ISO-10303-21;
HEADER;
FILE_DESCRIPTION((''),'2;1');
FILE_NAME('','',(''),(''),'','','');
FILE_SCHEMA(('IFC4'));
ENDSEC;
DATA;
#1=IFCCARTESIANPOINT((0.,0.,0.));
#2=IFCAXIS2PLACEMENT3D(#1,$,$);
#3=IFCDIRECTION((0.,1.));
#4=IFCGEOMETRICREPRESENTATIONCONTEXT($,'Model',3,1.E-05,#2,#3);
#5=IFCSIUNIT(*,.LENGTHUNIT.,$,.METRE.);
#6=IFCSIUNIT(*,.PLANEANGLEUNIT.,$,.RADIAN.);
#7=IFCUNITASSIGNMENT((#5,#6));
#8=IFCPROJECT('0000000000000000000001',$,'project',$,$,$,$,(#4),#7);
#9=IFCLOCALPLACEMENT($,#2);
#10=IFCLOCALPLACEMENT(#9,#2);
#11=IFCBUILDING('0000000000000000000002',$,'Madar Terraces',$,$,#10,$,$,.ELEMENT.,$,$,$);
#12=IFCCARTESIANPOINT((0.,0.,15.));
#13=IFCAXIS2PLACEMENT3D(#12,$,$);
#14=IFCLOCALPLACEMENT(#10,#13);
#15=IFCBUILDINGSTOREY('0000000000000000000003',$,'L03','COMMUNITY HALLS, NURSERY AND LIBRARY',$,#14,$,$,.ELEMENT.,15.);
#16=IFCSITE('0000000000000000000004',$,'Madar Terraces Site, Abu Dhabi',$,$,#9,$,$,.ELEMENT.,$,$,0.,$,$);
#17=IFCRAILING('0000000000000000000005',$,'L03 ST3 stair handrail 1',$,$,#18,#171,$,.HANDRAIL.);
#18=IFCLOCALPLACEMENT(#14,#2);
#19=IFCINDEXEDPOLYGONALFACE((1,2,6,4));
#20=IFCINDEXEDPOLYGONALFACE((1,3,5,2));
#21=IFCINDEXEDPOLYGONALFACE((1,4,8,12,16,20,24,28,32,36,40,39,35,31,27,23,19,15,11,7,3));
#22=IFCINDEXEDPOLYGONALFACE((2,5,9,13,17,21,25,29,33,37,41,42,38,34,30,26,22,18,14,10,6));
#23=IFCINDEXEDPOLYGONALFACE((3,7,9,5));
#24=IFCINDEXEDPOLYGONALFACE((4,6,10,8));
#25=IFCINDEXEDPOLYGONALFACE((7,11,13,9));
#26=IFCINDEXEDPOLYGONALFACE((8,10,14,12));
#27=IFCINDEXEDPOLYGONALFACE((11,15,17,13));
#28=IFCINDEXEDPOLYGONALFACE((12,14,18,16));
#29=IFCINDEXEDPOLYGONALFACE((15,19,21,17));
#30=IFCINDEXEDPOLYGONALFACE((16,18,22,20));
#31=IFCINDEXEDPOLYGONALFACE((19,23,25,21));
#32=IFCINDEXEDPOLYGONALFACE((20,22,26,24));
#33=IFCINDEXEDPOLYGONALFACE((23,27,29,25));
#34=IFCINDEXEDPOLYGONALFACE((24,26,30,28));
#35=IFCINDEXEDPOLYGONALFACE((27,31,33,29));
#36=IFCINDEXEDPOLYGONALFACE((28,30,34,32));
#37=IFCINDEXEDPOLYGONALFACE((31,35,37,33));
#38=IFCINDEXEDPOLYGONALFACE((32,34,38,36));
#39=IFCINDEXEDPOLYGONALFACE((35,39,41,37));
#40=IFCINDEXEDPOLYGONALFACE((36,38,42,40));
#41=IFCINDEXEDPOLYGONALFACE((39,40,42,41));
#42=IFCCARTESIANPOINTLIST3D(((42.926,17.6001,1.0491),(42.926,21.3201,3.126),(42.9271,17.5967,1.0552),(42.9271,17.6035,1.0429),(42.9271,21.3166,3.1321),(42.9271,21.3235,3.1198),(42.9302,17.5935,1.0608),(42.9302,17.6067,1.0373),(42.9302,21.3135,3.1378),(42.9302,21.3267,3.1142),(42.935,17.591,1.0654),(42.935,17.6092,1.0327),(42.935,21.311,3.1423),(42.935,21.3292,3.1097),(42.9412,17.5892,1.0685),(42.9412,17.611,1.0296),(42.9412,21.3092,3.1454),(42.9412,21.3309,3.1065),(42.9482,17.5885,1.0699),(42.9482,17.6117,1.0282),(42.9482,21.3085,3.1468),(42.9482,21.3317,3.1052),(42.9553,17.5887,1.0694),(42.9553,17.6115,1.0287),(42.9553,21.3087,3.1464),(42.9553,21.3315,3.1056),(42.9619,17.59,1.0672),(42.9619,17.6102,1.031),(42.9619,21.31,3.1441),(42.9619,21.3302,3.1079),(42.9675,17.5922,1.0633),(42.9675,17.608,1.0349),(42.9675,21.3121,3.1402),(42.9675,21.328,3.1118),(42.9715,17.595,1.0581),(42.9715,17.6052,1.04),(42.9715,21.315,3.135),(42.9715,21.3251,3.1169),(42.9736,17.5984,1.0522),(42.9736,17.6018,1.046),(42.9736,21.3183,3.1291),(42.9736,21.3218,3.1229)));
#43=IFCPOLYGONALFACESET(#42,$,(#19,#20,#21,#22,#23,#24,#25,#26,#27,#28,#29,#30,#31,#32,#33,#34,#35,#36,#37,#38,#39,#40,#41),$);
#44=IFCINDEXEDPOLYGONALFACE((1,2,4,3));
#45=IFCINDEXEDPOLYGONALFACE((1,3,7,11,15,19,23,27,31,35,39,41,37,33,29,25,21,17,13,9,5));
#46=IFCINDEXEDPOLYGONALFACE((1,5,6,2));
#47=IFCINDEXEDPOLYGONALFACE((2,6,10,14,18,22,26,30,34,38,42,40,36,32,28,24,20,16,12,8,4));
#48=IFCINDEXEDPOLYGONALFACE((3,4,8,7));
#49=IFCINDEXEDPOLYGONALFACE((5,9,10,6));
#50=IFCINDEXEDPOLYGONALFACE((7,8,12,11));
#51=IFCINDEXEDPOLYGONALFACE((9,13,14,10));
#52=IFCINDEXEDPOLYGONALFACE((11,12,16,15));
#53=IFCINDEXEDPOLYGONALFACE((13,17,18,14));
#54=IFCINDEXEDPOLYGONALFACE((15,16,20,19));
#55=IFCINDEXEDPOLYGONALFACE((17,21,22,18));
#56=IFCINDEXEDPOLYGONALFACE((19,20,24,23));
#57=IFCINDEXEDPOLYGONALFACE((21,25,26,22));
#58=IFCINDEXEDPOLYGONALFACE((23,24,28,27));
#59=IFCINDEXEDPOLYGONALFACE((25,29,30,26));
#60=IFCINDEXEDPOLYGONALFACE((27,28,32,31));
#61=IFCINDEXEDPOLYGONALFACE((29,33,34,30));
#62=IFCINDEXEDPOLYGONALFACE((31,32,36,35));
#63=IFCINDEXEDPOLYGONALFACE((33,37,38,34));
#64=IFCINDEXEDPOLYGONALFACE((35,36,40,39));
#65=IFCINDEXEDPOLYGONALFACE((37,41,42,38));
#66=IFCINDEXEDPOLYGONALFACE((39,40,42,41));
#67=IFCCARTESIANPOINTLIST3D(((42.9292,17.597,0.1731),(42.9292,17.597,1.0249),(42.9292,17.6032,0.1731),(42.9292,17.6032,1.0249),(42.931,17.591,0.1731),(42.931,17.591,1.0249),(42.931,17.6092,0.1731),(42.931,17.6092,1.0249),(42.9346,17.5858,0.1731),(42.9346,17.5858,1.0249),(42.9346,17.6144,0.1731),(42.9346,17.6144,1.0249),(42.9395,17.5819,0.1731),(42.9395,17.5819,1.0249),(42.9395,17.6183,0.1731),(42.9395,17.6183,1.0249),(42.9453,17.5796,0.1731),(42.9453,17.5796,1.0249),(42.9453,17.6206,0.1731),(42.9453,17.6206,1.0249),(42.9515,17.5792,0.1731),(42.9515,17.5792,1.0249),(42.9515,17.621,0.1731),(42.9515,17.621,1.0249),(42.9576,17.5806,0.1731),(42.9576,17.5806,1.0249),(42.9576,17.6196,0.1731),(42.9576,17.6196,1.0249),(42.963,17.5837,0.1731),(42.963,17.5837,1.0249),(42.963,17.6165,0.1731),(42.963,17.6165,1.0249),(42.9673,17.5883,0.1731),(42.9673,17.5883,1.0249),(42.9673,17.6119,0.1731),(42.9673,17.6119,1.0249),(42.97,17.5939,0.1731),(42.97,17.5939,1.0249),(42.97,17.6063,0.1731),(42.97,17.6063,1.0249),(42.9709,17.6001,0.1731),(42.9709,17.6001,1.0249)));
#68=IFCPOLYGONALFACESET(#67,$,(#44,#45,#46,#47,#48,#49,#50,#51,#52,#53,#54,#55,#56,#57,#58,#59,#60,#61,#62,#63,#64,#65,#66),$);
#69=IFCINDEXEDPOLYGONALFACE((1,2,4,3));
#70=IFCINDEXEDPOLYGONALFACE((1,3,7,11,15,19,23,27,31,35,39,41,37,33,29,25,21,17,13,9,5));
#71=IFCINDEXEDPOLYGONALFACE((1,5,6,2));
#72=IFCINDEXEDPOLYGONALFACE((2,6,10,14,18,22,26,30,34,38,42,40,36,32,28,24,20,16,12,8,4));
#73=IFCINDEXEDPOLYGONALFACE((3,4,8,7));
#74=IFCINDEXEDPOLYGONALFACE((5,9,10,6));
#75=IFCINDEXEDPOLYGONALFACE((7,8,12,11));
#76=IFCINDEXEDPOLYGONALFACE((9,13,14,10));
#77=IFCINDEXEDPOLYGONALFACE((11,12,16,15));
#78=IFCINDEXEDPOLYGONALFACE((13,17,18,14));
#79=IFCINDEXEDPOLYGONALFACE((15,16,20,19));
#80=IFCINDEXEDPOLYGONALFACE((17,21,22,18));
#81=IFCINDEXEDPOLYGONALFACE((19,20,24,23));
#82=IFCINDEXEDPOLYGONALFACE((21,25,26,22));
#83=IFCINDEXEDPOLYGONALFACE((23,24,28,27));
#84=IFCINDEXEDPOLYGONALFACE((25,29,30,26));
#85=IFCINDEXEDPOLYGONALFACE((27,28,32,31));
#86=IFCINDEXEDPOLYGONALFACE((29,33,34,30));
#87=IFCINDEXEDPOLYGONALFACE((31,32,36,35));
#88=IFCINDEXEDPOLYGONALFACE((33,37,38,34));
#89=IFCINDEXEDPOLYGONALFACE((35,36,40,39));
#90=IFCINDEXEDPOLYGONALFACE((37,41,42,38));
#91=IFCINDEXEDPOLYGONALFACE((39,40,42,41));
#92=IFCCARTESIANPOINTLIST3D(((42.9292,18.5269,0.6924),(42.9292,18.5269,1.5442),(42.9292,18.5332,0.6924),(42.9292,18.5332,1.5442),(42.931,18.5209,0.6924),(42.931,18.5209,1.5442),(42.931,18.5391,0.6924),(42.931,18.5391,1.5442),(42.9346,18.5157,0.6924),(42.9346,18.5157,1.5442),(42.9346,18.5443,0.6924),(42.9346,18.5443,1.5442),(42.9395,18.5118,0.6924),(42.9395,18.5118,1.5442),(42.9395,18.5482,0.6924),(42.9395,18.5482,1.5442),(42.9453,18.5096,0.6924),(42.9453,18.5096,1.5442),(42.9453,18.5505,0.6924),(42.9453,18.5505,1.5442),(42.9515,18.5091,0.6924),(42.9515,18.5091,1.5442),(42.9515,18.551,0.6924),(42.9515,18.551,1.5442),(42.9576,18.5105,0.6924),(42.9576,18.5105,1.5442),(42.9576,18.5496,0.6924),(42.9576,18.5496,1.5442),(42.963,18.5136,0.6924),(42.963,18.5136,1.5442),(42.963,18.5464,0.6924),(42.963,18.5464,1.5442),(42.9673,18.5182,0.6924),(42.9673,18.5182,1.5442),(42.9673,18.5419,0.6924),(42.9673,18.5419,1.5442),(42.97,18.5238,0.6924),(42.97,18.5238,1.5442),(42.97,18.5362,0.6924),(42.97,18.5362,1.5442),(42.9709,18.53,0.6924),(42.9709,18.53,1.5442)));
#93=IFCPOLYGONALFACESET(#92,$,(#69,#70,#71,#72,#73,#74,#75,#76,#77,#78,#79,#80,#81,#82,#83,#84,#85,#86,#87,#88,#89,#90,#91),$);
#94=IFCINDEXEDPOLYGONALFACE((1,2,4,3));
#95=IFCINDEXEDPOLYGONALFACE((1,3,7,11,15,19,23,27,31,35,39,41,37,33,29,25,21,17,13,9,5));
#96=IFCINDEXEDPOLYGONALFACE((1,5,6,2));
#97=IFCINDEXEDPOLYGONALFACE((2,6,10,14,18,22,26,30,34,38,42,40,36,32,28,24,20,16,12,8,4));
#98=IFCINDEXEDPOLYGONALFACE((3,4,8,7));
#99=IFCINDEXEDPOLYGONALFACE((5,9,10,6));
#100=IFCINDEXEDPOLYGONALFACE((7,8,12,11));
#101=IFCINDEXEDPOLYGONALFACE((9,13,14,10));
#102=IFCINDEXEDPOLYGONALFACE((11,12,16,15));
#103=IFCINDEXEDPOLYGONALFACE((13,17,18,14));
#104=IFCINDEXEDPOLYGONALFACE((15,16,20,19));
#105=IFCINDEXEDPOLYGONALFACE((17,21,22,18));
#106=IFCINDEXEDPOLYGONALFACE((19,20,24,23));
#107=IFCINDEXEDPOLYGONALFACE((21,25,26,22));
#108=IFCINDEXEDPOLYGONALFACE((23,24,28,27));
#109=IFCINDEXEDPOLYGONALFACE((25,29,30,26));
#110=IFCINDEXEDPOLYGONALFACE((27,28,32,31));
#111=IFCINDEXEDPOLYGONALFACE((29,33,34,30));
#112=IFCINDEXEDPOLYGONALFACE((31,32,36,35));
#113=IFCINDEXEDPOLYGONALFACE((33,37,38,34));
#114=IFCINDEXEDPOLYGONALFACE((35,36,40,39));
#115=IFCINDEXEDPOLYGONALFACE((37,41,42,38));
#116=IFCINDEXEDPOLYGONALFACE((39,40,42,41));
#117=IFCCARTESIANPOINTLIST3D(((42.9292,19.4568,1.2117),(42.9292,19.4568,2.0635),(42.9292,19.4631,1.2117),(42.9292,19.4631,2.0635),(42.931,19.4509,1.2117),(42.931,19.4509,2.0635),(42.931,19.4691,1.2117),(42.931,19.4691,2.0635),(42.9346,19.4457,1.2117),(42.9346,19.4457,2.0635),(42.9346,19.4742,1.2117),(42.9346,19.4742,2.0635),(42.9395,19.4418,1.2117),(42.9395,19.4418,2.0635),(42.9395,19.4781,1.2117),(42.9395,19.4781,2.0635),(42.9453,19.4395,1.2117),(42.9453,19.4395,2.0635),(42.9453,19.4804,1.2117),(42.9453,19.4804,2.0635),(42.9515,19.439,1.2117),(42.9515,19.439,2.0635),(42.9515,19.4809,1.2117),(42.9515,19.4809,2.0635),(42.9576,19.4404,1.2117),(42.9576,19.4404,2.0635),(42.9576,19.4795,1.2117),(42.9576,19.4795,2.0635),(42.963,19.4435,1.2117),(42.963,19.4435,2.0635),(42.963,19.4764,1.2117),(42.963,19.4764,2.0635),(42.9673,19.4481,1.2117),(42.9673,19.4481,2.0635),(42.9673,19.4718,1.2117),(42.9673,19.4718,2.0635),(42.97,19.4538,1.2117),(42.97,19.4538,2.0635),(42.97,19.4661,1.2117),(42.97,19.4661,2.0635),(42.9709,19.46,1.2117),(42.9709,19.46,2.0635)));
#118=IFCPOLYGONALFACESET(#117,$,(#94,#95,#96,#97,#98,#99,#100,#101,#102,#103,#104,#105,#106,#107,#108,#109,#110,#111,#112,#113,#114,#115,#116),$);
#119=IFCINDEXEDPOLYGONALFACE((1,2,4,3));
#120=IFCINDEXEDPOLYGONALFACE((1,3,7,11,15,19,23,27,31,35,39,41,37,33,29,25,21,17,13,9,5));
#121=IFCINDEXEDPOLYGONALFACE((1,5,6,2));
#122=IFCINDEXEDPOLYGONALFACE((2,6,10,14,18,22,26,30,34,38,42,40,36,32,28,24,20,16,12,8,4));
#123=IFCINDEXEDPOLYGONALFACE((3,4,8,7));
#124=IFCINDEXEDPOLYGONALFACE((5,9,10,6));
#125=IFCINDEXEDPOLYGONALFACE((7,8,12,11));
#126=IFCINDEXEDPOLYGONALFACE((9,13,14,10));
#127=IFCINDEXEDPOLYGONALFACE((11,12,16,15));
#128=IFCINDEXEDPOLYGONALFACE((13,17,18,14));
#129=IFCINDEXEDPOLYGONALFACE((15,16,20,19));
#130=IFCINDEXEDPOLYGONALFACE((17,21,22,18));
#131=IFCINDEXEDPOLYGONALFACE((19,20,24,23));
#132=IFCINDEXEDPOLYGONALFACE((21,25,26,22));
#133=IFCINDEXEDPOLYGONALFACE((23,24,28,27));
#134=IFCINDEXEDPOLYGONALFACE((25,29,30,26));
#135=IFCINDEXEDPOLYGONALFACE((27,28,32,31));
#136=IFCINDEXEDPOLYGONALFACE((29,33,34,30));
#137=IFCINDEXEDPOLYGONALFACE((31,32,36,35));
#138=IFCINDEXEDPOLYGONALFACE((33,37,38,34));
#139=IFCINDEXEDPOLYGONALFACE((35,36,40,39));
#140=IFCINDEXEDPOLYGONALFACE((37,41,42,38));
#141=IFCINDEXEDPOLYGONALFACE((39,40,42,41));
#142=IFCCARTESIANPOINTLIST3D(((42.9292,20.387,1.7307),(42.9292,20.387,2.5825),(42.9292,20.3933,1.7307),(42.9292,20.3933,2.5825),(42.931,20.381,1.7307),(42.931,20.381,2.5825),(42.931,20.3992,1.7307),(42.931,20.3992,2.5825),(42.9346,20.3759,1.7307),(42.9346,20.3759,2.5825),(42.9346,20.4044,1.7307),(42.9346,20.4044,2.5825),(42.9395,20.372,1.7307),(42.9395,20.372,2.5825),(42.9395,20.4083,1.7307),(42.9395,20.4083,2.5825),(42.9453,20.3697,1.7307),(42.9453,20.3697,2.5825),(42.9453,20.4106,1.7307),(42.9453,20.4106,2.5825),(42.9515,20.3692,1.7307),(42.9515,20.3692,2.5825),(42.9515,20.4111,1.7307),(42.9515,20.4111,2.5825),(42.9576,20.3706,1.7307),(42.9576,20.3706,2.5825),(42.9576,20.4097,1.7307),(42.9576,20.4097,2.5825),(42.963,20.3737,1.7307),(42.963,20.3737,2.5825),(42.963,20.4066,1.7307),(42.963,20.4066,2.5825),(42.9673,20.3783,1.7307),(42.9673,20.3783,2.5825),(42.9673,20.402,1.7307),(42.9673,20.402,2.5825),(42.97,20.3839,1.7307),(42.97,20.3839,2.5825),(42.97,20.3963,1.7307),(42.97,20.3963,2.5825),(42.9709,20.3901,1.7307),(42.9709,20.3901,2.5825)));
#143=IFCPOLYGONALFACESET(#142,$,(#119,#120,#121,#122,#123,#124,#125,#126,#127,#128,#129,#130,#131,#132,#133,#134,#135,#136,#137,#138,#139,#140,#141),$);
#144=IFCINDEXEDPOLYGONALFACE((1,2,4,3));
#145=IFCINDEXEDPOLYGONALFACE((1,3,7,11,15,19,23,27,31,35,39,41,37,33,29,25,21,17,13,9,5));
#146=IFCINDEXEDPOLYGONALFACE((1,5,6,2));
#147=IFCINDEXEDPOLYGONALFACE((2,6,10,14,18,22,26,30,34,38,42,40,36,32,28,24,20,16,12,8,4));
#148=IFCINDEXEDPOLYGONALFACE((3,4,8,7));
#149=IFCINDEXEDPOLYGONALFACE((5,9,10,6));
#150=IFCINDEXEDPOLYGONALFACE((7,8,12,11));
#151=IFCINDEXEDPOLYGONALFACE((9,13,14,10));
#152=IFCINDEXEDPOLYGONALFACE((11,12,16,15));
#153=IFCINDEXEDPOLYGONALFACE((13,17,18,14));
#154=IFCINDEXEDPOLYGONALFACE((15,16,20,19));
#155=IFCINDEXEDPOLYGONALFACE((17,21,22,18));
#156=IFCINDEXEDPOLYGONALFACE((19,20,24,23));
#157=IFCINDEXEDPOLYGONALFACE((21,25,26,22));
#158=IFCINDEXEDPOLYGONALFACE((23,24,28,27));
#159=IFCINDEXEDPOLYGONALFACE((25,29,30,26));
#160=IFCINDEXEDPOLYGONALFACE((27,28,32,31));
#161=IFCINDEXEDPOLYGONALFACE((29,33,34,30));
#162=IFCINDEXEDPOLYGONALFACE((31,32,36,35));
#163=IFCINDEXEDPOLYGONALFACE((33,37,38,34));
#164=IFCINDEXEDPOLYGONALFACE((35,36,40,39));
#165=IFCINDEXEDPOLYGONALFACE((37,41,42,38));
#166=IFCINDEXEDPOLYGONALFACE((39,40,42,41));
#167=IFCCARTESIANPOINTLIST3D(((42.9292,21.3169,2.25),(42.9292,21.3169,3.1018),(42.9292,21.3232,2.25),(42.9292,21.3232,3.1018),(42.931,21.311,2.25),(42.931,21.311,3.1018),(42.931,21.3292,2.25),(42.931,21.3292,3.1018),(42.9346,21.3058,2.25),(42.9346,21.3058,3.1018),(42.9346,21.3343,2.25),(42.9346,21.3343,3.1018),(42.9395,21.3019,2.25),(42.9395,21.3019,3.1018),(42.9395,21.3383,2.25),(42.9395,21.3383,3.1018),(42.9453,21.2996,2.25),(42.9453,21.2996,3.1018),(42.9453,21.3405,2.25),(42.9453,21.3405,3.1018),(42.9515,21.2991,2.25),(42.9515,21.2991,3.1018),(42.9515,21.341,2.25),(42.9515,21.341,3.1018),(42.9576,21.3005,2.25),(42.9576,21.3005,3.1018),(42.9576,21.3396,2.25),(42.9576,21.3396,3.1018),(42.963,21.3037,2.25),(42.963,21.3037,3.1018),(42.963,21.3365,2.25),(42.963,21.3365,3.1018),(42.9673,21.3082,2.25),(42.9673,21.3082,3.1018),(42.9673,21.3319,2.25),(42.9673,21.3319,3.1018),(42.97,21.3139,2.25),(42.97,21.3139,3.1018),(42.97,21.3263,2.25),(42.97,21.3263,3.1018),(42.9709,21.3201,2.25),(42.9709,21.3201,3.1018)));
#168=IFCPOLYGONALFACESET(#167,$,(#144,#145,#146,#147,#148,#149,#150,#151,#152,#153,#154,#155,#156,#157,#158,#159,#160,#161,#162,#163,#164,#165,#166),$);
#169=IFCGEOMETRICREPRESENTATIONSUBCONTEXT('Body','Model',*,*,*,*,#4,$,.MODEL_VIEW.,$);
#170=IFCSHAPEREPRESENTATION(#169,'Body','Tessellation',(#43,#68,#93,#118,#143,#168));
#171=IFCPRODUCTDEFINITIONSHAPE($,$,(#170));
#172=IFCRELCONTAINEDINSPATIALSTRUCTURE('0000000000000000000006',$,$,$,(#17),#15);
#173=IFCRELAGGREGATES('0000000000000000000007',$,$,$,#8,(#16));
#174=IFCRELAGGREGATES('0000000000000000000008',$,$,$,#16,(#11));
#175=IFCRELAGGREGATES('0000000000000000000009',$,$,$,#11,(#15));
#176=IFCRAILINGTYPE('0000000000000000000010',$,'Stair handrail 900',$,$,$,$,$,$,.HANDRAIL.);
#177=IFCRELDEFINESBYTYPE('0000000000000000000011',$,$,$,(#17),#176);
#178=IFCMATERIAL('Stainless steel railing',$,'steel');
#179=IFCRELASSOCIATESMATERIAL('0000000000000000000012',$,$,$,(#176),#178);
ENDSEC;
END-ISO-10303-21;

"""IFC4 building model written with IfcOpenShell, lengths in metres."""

from ifc_helpers import new_model, si_unit, direction, frame, origin, origin_2d, place, context, subcontext, project, spatial, circle, extrude, material, type_object, element, save


model = new_model("IFC4")

# Units and contexts
model_context = context("Model", 3, precision=1e-05, world=origin(), true_north=direction((0.0, 1.0)))
body_context = subcontext(model_context, "Body", "Model", "MODEL_VIEW")
ifc_project = project(units=[si_unit("LENGTHUNIT", "METRE"), si_unit("PLANEANGLEUNIT", "RADIAN")], contexts=[model_context])

# Site, building, storey
site_placement = place(None, origin())
site = spatial("IfcSite", under=ifc_project, at=site_placement, Name="Madar Terraces Site, Abu Dhabi", CompositionType="ELEMENT", RefElevation=0.0)
building_placement = place(site_placement, origin())
building = spatial("IfcBuilding", under=site, at=building_placement, Name="Madar Terraces", CompositionType="ELEMENT")
storey_placement = place(building_placement, frame((0.0, 0.0, 15.0)))
storey = spatial("IfcBuildingStorey", under=building, at=storey_placement, Name="L03", Description="COMMUNITY HALLS, NURSERY AND LIBRARY", CompositionType="ELEMENT", Elevation=15.0)

# Railing
ifc_material_1 = material(Name="Stainless steel railing", Category="steel")
railing_type_1 = type_object("IfcRailingType", Name="Stair handrail 900", PredefinedType="HANDRAIL", material=ifc_material_1)
for number, where, name in (
    (1, (42.95, 17.6001, 0.1731), "L03 ST3 stair handrail 1"),
):
    element("IfcRailing", number, at=place(storey_placement, frame(where)), inside=storey, type_object=railing_type_1, Name=name, PredefinedType="HANDRAIL", context=body_context, shape_type="SweptSolid", body=[
        extrude(circle(Radius=0.0239, at=origin_2d()), frame((0.0, 0.0, 0.876), z_axis=(0.0, 0.873134, 0.487481), x_axis=(-1.0, 0.0, 0.0)), (0.0, 0.0, 1.0), 4.2605),
        extrude(circle(Radius=0.021, at=origin_2d()), origin(), (0.0, 0.0, 1.0), 0.8518),
        extrude(circle(Radius=0.021, at=origin_2d()), frame((0.0, 0.9299, 0.5193)), (0.0, 0.0, 1.0), 0.8518),
        extrude(circle(Radius=0.021, at=origin_2d()), frame((0.0, 1.8599, 1.0386)), (0.0, 0.0, 1.0), 0.8518),
        extrude(circle(Radius=0.021, at=origin_2d()), frame((0.0, 2.79, 1.5576)), (0.0, 0.0, 1.0), 0.8518),
        extrude(circle(Radius=0.021, at=origin_2d()), frame((0.0, 3.72, 2.0769)), (0.0, 0.0, 1.0), 0.8518),
    ])

save(model, "model.ifc")
